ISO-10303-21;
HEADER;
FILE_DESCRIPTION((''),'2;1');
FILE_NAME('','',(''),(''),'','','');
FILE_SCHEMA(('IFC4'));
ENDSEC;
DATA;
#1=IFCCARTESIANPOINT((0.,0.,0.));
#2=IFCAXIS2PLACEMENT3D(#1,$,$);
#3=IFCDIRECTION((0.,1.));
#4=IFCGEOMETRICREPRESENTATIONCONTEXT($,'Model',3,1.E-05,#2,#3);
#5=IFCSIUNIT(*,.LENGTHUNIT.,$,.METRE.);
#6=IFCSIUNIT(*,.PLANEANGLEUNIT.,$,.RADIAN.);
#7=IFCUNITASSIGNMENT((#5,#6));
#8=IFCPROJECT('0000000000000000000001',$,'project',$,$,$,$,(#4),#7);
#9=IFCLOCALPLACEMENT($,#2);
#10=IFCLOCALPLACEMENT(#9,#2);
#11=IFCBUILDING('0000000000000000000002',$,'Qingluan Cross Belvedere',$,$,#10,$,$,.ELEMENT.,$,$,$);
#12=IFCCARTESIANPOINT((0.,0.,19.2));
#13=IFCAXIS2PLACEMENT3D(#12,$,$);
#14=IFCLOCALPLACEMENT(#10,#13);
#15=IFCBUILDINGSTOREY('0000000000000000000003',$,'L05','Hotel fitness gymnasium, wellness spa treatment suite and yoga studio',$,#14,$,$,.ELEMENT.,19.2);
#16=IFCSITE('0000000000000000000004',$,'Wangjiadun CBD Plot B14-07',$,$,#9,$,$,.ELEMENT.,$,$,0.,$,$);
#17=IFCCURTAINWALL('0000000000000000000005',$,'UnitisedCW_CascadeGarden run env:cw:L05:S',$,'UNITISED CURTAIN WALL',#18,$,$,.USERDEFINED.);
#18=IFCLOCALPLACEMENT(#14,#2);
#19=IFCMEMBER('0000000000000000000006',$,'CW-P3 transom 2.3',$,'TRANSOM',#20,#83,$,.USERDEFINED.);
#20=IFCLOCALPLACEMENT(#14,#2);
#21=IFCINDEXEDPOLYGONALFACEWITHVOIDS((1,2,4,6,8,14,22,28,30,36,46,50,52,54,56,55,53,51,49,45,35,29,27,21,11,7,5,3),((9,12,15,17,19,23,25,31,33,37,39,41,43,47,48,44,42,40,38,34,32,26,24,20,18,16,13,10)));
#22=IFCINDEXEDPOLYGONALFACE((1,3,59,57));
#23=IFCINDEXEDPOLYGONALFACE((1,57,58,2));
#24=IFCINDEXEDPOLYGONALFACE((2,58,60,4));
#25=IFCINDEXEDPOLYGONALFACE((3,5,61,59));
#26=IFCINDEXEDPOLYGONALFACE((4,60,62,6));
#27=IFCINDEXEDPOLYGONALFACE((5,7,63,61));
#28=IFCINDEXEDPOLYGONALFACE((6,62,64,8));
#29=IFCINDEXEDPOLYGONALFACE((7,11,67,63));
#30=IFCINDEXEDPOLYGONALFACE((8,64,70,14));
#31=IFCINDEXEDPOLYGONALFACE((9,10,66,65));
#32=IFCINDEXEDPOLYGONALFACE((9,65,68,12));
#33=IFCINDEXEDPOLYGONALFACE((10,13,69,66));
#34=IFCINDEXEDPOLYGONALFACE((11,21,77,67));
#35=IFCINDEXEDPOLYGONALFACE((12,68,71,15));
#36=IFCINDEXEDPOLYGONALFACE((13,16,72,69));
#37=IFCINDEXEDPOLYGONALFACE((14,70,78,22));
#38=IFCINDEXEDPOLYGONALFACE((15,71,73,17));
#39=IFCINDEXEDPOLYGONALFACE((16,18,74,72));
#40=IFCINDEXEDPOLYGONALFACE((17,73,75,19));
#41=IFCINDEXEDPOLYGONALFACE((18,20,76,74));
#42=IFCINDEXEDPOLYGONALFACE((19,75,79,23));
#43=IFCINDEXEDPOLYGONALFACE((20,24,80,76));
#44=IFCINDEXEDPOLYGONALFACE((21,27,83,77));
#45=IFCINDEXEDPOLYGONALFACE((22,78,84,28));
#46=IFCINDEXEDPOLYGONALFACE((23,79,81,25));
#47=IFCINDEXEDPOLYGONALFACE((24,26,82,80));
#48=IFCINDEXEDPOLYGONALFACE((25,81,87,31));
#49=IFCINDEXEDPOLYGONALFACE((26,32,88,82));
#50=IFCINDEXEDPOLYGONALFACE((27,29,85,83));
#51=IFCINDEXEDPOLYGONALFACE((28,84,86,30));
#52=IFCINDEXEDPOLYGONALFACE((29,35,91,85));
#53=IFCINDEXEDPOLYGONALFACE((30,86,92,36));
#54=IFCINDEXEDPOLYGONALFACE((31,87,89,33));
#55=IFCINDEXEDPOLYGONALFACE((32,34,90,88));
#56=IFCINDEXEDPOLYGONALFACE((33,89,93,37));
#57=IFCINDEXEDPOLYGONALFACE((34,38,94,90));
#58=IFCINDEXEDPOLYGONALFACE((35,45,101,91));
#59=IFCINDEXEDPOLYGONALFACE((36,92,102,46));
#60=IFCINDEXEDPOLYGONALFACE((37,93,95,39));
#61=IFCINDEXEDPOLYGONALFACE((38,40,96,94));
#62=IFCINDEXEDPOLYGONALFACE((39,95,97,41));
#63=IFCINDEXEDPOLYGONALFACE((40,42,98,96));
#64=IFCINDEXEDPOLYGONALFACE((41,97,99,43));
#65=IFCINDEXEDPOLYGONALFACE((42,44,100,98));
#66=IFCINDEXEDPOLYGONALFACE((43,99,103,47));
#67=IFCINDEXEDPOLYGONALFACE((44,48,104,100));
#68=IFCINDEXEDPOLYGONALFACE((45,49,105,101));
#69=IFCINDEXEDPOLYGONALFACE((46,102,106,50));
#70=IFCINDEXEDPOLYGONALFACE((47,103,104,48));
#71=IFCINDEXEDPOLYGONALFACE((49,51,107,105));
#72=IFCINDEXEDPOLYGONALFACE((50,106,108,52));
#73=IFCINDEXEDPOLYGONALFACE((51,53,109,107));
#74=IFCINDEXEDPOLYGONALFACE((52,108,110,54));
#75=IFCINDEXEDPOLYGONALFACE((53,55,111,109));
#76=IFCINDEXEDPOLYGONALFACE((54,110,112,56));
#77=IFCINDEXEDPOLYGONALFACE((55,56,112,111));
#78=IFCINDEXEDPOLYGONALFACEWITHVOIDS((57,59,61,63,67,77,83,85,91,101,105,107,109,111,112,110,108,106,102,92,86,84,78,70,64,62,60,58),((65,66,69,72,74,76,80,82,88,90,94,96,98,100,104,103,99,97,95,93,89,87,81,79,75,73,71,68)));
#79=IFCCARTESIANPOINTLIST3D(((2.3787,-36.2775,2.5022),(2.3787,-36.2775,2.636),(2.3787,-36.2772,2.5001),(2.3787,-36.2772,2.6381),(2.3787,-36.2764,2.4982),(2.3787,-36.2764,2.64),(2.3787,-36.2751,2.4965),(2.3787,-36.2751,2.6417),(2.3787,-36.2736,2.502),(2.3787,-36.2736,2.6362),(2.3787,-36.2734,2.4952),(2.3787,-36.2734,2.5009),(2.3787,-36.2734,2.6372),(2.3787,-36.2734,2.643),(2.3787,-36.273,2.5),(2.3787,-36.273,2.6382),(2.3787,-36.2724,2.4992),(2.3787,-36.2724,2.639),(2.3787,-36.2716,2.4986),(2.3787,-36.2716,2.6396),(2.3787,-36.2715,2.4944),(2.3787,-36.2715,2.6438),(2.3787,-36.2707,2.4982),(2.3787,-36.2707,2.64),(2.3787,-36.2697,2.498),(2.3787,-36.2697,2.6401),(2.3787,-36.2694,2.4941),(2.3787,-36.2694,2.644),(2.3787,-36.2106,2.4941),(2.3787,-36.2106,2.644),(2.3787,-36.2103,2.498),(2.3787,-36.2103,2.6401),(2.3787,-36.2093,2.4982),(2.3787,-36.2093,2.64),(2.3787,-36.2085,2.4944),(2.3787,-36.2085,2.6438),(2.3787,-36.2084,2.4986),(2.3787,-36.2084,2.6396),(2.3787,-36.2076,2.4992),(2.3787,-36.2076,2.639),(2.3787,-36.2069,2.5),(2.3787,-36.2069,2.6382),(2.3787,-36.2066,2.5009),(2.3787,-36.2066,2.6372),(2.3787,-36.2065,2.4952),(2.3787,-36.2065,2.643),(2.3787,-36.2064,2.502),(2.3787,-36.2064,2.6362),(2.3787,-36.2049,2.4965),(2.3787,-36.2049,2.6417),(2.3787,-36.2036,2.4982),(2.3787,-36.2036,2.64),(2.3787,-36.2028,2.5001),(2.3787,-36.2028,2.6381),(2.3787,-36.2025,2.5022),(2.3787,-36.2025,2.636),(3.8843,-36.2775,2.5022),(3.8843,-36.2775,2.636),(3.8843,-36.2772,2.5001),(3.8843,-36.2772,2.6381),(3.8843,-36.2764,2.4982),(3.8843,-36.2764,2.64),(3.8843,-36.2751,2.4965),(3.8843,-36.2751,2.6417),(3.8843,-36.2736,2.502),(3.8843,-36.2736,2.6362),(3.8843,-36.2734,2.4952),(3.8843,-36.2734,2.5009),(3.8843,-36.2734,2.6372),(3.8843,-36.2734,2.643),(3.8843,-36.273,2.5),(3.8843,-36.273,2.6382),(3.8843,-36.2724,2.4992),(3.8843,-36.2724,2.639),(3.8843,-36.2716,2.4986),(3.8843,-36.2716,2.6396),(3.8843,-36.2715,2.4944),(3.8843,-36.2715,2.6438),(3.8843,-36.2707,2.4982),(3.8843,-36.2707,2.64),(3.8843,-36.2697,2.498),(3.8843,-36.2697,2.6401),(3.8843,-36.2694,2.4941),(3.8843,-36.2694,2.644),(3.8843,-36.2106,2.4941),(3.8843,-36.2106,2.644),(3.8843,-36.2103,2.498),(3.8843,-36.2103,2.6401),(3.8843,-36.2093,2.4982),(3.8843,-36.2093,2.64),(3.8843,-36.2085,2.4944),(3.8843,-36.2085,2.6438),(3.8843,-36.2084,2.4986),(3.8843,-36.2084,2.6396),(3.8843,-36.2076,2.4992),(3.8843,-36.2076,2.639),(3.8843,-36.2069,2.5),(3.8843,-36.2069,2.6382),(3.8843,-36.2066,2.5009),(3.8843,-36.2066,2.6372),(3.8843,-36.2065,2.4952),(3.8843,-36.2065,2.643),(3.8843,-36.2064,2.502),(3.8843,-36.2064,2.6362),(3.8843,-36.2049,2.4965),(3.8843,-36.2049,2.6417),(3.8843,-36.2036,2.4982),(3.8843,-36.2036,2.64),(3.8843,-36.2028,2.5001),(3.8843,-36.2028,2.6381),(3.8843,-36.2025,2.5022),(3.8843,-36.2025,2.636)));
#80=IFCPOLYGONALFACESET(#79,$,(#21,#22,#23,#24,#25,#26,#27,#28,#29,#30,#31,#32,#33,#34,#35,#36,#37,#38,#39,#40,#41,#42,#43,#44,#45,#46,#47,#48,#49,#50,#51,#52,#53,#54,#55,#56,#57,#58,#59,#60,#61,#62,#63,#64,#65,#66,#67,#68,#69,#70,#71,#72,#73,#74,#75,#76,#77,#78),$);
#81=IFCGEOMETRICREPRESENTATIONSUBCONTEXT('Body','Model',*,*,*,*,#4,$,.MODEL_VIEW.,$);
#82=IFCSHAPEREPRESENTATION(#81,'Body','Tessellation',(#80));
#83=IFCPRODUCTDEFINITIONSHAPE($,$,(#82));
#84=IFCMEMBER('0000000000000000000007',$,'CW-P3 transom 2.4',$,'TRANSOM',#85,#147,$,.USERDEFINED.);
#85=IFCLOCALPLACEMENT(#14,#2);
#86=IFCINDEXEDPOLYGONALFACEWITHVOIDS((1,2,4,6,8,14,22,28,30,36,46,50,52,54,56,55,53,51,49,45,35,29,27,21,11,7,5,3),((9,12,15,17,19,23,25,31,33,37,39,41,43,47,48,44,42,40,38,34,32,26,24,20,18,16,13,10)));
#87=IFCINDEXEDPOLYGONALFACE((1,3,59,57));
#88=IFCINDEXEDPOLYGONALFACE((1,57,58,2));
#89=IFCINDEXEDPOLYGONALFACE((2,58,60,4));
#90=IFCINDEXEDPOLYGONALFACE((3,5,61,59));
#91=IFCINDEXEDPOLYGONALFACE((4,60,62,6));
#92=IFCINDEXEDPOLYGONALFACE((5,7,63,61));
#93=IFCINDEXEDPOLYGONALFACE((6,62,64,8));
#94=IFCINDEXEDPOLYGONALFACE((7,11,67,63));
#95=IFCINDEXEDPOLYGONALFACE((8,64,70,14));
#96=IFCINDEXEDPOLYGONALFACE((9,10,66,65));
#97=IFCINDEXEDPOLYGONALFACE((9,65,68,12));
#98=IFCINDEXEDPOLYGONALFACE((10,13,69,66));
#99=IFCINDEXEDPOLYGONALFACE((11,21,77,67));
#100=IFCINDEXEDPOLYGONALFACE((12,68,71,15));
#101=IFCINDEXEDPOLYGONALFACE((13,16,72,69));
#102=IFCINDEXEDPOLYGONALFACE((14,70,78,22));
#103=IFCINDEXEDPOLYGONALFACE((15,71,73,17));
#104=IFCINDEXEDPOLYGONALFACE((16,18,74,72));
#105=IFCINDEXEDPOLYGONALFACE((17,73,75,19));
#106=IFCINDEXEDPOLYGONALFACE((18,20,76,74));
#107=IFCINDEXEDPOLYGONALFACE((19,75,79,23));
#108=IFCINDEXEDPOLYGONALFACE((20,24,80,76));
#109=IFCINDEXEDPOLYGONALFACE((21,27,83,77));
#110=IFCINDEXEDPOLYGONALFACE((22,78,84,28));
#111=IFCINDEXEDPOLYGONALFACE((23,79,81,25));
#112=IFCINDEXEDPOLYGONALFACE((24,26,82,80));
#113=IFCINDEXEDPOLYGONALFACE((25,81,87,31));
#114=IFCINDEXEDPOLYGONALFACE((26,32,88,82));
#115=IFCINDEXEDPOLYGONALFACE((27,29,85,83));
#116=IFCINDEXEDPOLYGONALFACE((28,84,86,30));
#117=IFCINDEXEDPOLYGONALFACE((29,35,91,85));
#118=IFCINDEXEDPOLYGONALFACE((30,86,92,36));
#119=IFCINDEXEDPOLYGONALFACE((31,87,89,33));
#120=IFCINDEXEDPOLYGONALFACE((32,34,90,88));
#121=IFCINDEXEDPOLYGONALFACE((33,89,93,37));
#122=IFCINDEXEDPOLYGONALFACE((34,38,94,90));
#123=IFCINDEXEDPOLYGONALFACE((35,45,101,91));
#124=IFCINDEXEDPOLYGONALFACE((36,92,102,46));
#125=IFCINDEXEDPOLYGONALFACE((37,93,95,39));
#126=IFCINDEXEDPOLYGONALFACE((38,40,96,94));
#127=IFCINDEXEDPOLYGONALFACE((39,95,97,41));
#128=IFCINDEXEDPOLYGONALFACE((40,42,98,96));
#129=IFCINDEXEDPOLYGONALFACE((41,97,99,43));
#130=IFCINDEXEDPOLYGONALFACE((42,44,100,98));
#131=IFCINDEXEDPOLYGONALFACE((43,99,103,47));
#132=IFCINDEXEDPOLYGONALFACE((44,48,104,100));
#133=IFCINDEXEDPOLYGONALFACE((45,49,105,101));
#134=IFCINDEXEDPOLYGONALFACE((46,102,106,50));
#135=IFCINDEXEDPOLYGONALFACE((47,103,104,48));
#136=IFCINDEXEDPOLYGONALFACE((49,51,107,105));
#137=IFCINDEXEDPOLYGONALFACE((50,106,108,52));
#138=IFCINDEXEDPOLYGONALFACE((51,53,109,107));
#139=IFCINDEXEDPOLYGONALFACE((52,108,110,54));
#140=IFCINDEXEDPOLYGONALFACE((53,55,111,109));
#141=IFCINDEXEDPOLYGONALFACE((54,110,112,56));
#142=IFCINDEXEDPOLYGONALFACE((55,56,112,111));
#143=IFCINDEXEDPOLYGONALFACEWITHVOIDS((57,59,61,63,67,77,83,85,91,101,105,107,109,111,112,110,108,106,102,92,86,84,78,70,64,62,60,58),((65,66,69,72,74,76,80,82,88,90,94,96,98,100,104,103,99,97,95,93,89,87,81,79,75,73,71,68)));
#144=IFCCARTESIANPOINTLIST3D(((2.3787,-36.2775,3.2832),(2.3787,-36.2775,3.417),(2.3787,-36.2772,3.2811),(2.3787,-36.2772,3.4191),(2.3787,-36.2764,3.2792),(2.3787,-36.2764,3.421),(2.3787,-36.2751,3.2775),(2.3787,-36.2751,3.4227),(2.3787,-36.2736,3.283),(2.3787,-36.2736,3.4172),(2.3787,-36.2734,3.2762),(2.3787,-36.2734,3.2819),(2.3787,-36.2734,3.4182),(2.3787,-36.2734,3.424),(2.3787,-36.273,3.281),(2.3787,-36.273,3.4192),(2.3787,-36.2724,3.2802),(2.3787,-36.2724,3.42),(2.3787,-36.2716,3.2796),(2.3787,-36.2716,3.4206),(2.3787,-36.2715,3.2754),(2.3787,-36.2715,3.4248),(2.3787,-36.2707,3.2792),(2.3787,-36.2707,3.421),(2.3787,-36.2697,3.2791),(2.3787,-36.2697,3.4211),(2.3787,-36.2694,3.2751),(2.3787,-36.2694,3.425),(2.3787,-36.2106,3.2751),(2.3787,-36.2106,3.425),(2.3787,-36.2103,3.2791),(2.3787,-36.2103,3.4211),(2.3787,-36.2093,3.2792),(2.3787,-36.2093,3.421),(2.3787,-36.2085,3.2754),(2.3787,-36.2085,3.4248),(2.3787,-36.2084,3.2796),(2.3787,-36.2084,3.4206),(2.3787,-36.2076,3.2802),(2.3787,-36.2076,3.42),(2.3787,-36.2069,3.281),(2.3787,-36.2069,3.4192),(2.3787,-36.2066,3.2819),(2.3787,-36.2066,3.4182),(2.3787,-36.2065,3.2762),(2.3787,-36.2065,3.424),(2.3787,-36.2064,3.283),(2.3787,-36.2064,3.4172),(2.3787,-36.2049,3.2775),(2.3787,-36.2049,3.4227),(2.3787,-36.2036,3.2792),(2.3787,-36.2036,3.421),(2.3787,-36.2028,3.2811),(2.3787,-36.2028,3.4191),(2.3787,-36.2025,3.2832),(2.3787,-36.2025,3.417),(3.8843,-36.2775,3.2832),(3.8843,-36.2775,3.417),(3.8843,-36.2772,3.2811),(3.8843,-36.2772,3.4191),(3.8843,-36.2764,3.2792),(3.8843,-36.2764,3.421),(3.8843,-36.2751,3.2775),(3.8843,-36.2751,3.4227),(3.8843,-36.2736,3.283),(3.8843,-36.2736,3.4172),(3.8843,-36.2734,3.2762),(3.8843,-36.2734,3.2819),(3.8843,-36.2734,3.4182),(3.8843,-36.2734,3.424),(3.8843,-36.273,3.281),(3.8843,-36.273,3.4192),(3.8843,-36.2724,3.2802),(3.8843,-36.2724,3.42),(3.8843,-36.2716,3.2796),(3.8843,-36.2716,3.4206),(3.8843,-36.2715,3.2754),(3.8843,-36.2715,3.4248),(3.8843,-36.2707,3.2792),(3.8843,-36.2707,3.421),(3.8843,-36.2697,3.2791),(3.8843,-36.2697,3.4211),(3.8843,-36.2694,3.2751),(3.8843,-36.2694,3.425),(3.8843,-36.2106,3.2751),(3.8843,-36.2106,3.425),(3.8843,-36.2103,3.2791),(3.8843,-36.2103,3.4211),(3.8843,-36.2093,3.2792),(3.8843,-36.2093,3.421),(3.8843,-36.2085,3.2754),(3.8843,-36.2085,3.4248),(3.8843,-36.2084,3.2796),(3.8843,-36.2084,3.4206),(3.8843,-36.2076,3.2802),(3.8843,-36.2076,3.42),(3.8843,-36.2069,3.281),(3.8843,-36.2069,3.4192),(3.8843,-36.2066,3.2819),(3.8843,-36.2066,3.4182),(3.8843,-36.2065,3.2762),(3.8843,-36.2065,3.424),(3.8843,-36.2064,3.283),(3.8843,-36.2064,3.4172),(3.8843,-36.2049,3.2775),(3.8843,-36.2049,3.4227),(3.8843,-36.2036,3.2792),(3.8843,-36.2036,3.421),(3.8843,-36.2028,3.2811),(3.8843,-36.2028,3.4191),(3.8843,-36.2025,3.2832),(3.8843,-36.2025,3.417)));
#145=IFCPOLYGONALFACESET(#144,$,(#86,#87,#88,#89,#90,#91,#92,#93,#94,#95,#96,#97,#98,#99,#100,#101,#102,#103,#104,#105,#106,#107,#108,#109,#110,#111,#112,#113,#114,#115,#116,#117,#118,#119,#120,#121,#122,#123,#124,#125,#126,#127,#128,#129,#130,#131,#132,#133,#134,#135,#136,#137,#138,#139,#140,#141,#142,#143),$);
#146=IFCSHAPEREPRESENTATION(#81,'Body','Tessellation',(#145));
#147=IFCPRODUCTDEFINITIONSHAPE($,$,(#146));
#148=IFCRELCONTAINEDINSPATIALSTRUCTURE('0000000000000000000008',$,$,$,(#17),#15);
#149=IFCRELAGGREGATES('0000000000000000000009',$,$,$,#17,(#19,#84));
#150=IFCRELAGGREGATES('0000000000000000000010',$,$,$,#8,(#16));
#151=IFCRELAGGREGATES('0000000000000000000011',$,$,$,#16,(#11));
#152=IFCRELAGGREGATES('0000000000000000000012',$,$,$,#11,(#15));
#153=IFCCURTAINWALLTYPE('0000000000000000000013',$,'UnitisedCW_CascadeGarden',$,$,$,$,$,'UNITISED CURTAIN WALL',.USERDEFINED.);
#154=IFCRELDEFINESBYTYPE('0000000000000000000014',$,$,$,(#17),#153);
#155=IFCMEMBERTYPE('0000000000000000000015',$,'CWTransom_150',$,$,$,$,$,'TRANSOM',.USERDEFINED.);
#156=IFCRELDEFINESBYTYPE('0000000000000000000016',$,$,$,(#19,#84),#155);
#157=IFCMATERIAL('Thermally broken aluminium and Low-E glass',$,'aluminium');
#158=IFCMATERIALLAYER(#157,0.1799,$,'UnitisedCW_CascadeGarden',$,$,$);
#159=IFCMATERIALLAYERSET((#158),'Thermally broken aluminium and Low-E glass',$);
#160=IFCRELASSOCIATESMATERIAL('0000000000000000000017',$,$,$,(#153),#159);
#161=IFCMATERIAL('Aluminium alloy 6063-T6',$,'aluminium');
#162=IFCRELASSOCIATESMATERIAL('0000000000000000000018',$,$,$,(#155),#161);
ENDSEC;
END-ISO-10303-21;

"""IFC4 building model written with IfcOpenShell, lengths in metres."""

from ifc_helpers import new_model, si_unit, direction, frame, origin, origin_2d, place, context, subcontext, project, spatial, hollow_rectangle, extrude, material, layer, layer_set, material_profile, profile_set, type_object, element, aggregate, save


model = new_model("IFC4")

# Units and contexts
model_context = context("Model", 3, precision=1e-05, world=origin(), true_north=direction((0.0, 1.0)))
body_context = subcontext(model_context, "Body", "Model", "MODEL_VIEW")
ifc_project = project(units=[si_unit("LENGTHUNIT", "METRE"), si_unit("PLANEANGLEUNIT", "RADIAN")], contexts=[model_context])

# Site, building, storey
site_placement = place(None, origin())
site = spatial("IfcSite", under=ifc_project, at=site_placement, Name="Wangjiadun CBD Plot B14-07", CompositionType="ELEMENT", RefElevation=0.0)
building_placement = place(site_placement, origin())
building = spatial("IfcBuilding", under=site, at=building_placement, Name="Qingluan Cross Belvedere", CompositionType="ELEMENT")
storey_placement = place(building_placement, frame((0.0, 0.0, 19.2)))
storey = spatial("IfcBuildingStorey", under=building, at=storey_placement, Name="L05", Description="Hotel fitness gymnasium, wellness spa treatment suite and yoga studio", CompositionType="ELEMENT", Elevation=19.2)

# Curtain wall, members
ifc_material_1 = material(Name="Thermally broken aluminium and Low-E glass", Category="aluminium")
ifc_layer_1 = layer(ifc_material_1, 0.1799, Name="UnitisedCW_CascadeGarden")
ifc_layer_set_1 = layer_set([ifc_layer_1], Name="Thermally broken aluminium and Low-E glass")
curtain_wall_type = type_object("IfcCurtainWallType", Name="UnitisedCW_CascadeGarden", ElementType="UNITISED CURTAIN WALL", PredefinedType="USERDEFINED", material=ifc_layer_set_1)
curtain_wall_placement = place(storey_placement, origin())
curtain_wall = element("IfcCurtainWall", 1, at=curtain_wall_placement, inside=storey, type_object=curtain_wall_type, Name="UnitisedCW_CascadeGarden run env:cw:L05:S", ObjectType="UNITISED CURTAIN WALL", PredefinedType="USERDEFINED")
ifc_material_2 = material(Name="Aluminium alloy 6063-T6", Category="aluminium")
ifc_material_profile_1 = material_profile(ifc_material_2, hollow_rectangle(XDim=0.075, YDim=0.1499, WallThickness=0.0039, InnerFilletRadius=0.0039, OuterFilletRadius=0.0081, at=origin_2d()), Name="CWT150x75x4")
ifc_profile_set_1 = profile_set([ifc_material_profile_1], Name="Aluminium alloy 6063-T6")
member_type_1 = type_object("IfcMemberType", Name="CWTransom_150", ElementType="TRANSOM", PredefinedType="USERDEFINED", material=ifc_profile_set_1)
member_1_placement = place(storey_placement, frame((3.8843, -36.24, 2.5691), z_axis=(-1.0, 0.0, 0.0), x_axis=(0.0, -1.0, 0.0)))
member_1 = element("IfcMember", 2, at=member_1_placement, type_object=member_type_1, Name="CW-P3 transom 2.3", ObjectType="TRANSOM", PredefinedType="USERDEFINED", context=body_context, shape_type="SweptSolid", body=[
    extrude(hollow_rectangle(XDim=0.075, YDim=0.1499, WallThickness=0.0039, InnerFilletRadius=0.0039, OuterFilletRadius=0.0081, at=origin_2d()), origin(), (0.0, 0.0, 1.0), 1.5056),
])
member_2_placement = place(storey_placement, frame((3.8843, -36.24, 3.3501), z_axis=(-1.0, 0.0, 0.0), x_axis=(0.0, -1.0, 0.0)))
member_2 = element("IfcMember", 3, at=member_2_placement, type_object=member_type_1, Name="CW-P3 transom 2.4", ObjectType="TRANSOM", PredefinedType="USERDEFINED", context=body_context, shape_type="SweptSolid", body=[
    extrude(hollow_rectangle(XDim=0.075, YDim=0.1499, WallThickness=0.0039, InnerFilletRadius=0.0039, OuterFilletRadius=0.0081, at=origin_2d()), origin(), (0.0, 0.0, 1.0), 1.5056),
])
aggregate(curtain_wall, [member_1, member_2])

save(model, "model.ifc")
